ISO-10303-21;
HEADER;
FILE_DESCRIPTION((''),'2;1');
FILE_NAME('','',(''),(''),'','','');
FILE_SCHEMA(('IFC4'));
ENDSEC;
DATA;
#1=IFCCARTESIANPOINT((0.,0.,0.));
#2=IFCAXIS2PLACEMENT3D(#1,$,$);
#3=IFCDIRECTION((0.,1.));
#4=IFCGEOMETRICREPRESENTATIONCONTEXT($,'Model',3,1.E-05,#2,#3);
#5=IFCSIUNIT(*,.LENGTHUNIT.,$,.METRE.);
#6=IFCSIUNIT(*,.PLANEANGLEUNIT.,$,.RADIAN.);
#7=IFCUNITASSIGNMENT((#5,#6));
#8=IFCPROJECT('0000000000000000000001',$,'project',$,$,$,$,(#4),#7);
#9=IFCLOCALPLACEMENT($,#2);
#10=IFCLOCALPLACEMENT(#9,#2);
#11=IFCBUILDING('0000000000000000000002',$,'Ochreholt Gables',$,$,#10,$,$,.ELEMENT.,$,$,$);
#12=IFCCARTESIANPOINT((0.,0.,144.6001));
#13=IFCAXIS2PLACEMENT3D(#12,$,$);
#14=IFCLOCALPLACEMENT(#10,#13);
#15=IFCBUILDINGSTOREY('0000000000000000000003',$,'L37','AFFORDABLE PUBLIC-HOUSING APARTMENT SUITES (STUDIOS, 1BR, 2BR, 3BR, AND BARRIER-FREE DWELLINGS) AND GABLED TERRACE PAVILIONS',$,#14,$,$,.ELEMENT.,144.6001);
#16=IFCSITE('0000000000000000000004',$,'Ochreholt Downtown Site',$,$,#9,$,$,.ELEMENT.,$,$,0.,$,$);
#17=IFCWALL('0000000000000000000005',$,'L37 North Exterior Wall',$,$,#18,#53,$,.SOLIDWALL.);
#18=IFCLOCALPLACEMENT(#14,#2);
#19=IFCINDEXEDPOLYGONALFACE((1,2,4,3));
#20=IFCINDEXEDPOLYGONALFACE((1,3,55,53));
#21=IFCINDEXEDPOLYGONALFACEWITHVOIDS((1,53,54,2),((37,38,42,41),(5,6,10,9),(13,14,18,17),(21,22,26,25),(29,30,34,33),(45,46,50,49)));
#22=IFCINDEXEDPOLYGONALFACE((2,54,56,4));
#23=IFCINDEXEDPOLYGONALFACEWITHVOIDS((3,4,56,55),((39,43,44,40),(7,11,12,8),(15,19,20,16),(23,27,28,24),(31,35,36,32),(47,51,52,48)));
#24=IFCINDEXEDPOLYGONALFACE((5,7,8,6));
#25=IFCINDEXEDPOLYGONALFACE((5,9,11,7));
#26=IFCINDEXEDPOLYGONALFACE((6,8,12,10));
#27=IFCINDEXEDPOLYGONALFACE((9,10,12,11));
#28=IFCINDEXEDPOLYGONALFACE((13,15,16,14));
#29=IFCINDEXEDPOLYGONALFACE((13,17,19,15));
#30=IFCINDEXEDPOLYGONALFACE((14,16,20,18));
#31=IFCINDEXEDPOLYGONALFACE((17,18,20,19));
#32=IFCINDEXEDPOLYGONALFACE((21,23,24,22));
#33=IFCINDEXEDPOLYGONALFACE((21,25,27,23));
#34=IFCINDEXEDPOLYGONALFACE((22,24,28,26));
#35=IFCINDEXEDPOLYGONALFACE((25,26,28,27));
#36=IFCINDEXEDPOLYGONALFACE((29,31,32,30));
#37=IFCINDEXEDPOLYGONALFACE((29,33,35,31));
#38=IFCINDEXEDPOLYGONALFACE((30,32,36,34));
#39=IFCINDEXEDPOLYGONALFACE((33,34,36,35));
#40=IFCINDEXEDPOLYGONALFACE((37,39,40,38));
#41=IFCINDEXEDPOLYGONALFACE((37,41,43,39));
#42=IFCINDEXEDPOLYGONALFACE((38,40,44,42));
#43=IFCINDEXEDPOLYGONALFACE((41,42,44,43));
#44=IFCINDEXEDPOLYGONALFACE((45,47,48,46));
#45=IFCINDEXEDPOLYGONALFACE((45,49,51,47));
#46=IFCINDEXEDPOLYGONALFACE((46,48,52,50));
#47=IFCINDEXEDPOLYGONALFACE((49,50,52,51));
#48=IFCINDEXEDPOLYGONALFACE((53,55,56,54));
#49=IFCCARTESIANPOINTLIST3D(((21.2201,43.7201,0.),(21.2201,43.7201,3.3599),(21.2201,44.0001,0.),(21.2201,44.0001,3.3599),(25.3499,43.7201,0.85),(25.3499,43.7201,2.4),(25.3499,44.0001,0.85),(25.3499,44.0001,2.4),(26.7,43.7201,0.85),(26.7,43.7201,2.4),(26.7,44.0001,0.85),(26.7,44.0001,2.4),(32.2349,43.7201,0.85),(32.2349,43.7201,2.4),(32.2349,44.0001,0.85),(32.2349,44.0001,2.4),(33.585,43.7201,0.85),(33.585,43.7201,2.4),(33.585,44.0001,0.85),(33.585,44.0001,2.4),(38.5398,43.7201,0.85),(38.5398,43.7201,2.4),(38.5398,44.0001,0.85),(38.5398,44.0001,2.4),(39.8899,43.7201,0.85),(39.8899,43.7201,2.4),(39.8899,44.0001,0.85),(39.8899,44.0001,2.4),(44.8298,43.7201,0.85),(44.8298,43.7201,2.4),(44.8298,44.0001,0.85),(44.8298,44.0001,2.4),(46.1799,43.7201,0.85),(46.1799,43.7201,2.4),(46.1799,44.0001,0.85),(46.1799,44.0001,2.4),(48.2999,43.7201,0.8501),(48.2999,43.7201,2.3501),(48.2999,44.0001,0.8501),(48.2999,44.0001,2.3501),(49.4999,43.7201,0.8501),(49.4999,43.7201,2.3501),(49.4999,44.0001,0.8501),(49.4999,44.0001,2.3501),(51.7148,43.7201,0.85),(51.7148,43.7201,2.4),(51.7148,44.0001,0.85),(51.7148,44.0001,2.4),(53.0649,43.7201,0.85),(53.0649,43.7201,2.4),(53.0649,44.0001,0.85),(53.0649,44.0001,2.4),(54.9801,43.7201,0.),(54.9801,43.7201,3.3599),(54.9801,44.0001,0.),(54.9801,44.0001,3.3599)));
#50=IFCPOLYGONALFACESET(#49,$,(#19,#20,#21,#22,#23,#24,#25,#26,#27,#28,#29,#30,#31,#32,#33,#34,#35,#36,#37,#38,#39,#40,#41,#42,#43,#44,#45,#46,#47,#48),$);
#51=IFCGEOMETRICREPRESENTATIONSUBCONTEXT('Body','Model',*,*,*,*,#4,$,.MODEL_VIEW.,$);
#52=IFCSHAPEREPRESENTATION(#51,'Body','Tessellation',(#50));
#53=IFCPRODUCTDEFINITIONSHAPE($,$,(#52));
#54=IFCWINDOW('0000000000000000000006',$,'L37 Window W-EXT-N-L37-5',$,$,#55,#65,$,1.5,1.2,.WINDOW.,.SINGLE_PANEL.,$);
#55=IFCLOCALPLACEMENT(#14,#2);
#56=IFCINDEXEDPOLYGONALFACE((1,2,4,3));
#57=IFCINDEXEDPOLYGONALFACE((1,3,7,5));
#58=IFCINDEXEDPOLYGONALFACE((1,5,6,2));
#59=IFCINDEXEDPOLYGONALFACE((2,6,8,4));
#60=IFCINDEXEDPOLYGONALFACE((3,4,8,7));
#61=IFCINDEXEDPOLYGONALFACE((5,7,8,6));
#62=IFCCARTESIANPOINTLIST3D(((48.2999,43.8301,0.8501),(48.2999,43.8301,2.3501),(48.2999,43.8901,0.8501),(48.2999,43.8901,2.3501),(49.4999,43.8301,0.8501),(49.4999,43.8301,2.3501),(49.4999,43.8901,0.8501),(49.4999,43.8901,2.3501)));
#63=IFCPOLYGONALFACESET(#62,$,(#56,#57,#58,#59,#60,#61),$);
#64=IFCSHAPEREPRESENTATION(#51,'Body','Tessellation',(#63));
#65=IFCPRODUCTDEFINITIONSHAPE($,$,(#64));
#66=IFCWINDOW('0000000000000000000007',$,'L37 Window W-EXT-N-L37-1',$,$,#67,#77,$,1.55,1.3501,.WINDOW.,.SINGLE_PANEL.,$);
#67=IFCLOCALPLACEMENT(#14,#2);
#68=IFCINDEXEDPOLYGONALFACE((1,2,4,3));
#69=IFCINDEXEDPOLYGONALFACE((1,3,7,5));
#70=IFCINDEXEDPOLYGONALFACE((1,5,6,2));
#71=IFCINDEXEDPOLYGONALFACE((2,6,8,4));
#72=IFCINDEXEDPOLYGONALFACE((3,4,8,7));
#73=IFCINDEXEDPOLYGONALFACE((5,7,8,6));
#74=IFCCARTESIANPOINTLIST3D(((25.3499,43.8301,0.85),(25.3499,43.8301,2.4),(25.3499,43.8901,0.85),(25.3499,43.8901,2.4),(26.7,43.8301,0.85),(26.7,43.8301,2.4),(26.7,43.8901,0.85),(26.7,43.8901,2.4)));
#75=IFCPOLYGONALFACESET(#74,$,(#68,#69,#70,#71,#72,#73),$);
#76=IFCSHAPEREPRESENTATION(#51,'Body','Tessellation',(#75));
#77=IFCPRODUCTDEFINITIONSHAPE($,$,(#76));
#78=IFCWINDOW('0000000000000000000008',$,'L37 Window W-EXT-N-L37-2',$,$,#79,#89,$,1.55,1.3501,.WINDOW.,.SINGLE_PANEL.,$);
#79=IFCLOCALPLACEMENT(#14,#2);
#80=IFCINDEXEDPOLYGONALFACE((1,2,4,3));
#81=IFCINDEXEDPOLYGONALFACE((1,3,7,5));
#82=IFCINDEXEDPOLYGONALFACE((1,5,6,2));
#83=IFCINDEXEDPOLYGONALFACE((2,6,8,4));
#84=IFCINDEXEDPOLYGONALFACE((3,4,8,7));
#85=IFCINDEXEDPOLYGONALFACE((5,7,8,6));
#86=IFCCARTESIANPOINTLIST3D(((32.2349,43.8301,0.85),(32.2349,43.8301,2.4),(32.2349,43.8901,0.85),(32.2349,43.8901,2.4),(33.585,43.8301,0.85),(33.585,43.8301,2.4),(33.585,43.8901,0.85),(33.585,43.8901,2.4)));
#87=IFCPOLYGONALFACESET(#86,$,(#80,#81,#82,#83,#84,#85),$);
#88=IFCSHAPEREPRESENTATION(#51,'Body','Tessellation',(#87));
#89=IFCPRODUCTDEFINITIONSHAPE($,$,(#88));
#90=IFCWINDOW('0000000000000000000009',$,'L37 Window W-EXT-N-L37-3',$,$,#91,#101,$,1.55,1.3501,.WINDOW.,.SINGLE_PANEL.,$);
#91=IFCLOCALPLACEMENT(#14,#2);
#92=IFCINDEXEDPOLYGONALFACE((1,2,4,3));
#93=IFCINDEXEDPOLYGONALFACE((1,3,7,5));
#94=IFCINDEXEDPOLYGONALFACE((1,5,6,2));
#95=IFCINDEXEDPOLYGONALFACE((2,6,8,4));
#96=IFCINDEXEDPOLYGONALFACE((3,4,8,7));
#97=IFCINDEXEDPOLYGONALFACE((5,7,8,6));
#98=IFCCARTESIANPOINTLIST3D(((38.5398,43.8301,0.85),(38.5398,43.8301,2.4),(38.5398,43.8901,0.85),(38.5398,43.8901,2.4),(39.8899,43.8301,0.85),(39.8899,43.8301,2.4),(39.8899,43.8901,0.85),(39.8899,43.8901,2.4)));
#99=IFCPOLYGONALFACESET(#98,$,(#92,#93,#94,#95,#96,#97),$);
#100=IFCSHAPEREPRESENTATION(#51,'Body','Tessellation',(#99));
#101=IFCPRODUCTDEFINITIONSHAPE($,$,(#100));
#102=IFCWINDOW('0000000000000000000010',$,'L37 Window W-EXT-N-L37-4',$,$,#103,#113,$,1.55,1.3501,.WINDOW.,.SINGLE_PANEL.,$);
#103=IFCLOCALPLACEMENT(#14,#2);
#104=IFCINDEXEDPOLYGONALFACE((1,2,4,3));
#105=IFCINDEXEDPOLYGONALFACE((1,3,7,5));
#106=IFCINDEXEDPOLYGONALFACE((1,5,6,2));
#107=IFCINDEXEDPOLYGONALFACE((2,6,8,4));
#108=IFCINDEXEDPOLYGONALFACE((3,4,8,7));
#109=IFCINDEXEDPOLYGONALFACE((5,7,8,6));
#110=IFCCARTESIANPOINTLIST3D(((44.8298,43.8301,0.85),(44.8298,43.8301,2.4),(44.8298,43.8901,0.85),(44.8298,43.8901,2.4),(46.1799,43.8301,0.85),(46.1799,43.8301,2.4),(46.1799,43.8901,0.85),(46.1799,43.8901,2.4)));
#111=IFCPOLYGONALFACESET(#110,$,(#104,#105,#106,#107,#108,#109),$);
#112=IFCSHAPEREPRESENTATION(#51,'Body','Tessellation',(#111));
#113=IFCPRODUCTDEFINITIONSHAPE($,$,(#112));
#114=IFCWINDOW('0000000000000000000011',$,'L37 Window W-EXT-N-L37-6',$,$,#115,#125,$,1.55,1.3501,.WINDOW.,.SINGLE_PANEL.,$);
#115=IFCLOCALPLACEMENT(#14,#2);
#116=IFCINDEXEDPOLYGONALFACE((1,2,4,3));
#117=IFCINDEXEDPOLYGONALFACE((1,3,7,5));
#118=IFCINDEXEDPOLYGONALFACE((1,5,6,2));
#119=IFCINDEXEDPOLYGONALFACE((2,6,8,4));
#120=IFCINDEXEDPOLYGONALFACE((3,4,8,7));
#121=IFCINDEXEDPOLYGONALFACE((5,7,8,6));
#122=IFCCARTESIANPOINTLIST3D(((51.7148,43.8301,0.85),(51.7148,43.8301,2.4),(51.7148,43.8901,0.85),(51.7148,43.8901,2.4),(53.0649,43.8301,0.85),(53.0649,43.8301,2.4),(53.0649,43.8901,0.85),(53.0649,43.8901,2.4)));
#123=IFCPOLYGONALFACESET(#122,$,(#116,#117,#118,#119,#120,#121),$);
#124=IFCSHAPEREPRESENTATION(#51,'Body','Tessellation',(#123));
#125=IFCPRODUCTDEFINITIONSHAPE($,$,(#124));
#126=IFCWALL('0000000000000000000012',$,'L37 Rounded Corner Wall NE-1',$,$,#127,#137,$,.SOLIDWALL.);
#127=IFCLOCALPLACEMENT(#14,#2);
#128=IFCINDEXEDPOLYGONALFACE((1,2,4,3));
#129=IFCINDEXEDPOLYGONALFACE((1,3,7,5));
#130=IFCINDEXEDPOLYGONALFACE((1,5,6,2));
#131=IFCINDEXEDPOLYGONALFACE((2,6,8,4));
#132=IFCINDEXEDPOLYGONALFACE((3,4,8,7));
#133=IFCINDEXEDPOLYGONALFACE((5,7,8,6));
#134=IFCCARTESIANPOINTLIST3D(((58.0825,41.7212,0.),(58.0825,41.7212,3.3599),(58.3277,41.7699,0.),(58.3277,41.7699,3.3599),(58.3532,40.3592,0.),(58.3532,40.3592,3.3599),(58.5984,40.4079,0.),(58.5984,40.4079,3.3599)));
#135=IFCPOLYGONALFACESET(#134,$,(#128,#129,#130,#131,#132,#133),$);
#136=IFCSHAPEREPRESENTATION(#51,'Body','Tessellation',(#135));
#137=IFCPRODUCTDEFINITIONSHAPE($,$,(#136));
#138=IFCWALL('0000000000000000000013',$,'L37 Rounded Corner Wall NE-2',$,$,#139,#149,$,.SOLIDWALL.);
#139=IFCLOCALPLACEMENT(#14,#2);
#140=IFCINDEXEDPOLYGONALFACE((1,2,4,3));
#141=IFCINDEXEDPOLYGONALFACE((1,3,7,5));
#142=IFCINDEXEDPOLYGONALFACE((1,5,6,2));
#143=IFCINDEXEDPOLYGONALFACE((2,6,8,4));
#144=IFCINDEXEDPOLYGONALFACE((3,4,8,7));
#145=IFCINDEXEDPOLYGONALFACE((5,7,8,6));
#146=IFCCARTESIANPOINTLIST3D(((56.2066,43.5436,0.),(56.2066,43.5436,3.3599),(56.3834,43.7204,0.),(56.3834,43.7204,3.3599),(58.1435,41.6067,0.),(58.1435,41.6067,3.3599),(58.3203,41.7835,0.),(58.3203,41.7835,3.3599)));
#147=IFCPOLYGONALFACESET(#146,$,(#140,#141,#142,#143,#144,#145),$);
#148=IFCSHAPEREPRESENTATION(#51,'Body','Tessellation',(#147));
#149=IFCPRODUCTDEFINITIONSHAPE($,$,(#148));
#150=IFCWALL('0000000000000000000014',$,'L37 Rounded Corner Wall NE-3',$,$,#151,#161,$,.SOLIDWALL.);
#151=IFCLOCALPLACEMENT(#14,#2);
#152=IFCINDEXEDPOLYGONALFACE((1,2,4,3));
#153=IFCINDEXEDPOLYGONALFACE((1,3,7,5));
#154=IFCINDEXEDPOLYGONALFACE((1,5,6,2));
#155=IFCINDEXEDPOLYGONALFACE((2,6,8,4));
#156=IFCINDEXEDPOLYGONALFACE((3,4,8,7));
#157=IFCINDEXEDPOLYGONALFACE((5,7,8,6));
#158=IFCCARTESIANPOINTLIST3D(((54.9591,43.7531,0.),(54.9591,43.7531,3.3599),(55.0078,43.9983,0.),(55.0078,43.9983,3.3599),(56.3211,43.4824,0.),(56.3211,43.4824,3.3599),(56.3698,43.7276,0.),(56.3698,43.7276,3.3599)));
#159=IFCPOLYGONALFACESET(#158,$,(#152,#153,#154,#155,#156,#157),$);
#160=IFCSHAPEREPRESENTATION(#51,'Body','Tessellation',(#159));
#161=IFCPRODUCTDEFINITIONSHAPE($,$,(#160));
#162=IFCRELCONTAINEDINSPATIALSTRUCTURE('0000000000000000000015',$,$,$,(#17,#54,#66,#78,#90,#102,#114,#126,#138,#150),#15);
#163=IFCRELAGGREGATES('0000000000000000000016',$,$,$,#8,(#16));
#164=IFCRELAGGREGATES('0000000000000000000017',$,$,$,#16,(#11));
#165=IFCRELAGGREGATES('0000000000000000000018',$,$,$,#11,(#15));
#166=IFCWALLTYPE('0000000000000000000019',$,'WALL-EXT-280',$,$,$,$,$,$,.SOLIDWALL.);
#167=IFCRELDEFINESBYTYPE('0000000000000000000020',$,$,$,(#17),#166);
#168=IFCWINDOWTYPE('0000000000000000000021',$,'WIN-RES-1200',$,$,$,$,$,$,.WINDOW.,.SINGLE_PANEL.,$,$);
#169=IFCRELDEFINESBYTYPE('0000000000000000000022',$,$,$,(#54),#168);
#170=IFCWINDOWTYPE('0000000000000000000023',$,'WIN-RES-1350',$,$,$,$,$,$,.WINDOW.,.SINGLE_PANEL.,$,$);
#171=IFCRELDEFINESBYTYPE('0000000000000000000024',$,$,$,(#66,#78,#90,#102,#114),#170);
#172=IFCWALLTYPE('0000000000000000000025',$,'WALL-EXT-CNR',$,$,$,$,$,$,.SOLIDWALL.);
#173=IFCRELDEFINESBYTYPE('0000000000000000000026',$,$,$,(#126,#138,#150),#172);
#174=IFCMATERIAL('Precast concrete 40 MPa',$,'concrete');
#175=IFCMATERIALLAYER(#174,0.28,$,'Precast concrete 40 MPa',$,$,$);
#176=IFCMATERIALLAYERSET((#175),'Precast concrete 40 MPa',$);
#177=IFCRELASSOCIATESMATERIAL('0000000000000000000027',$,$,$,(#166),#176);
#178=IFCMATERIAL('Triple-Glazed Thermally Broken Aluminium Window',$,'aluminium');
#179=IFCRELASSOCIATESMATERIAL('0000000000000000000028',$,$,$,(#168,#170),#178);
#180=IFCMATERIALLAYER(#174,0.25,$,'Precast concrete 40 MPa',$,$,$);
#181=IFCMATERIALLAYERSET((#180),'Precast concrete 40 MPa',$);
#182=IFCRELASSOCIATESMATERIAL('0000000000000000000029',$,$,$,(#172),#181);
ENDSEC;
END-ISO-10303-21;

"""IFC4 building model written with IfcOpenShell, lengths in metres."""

from ifc_helpers import new_model, si_unit, direction, frame, frame_2d, origin, place, context, subcontext, project, spatial, rectangle, extrude, material, layer, layer_set, type_object, element, fill, save


model = new_model("IFC4")

# Units and contexts
model_context = context("Model", 3, precision=1e-05, world=origin(), true_north=direction((0.0, 1.0)))
body_context = subcontext(model_context, "Body", "Model", "MODEL_VIEW")
ifc_project = project(units=[si_unit("LENGTHUNIT", "METRE"), si_unit("PLANEANGLEUNIT", "RADIAN")], contexts=[model_context])

# Site, building, storey
site_placement = place(None, origin())
site = spatial("IfcSite", under=ifc_project, at=site_placement, Name="Ochreholt Downtown Site", CompositionType="ELEMENT", RefElevation=0.0)
building_placement = place(site_placement, origin())
building = spatial("IfcBuilding", under=site, at=building_placement, Name="Ochreholt Gables", CompositionType="ELEMENT")
storey_placement = place(building_placement, frame((0.0, 0.0, 144.6001)))
storey = spatial("IfcBuildingStorey", under=building, at=storey_placement, Name="L37", Description="AFFORDABLE PUBLIC-HOUSING APARTMENT SUITES (STUDIOS, 1BR, 2BR, 3BR, AND BARRIER-FREE DWELLINGS) AND GABLED TERRACE PAVILIONS", CompositionType="ELEMENT", Elevation=144.6001)

# Wall, openings, windows
ifc_material_1 = material(Name="Precast concrete 40 MPa", Category="concrete")
ifc_layer_1 = layer(ifc_material_1, 0.28, Name="Precast concrete 40 MPa")
ifc_layer_set_1 = layer_set([ifc_layer_1], Name="Precast concrete 40 MPa")
wall_type_1 = type_object("IfcWallType", Name="WALL-EXT-280", PredefinedType="SOLIDWALL", material=ifc_layer_set_1)
wall_1_placement = place(storey_placement, frame((54.98, 43.8601, 0.0), z_axis=(0.0, 0.0, 1.0), x_axis=(-1.0, 0.0, 0.0)))
wall_1 = element("IfcWall", 1, at=wall_1_placement, inside=storey, type_object=wall_type_1, Name="L37 North Exterior Wall", PredefinedType="SOLIDWALL", context=body_context, shape_type="SweptSolid", body=[
    extrude(rectangle(XDim=33.76, YDim=0.28, at=frame_2d((16.8799, 0.0))), origin(), (0.0, 0.0, 1.0), 3.3599),
])
opening_1_placement = place(wall_1_placement, frame((28.28, 0.0, 0.8501)))
opening_1 = element("IfcOpeningElement", 2, at=opening_1_placement, cuts=wall_1, PredefinedType="OPENING", context=body_context, shape_type="SweptSolid", body=[
    extrude(rectangle(XDim=1.3501, YDim=1.55, at=frame_2d((0.675, 0.7749))), frame((0.0, 0.1499, 0.0), z_axis=(0.0, -1.0, 0.0), x_axis=(1.0, 0.0, 0.0)), (0.0, 0.0, 1.0), 0.3),
])
opening_2_placement = place(wall_1_placement, frame((21.395, 0.0, 0.8501)))
opening_2 = element("IfcOpeningElement", 3, at=opening_2_placement, cuts=wall_1, PredefinedType="OPENING", context=body_context, shape_type="SweptSolid", body=[
    extrude(rectangle(XDim=1.3501, YDim=1.55, at=frame_2d((0.675, 0.7749))), frame((0.0, 0.1499, 0.0), z_axis=(0.0, -1.0, 0.0), x_axis=(1.0, 0.0, 0.0)), (0.0, 0.0, 1.0), 0.3),
])
opening_3_placement = place(wall_1_placement, frame((15.0901, 0.0, 0.8501)))
opening_3 = element("IfcOpeningElement", 4, at=opening_3_placement, cuts=wall_1, PredefinedType="OPENING", context=body_context, shape_type="SweptSolid", body=[
    extrude(rectangle(XDim=1.3501, YDim=1.55, at=frame_2d((0.675, 0.7749))), frame((0.0, 0.1499, 0.0), z_axis=(0.0, -1.0, 0.0), x_axis=(1.0, 0.0, 0.0)), (0.0, 0.0, 1.0), 0.3),
])
opening_4_placement = place(wall_1_placement, frame((8.8, 0.0, 0.8501)))
opening_4 = element("IfcOpeningElement", 5, at=opening_4_placement, cuts=wall_1, PredefinedType="OPENING", context=body_context, shape_type="SweptSolid", body=[
    extrude(rectangle(XDim=1.3501, YDim=1.55, at=frame_2d((0.675, 0.7749))), frame((0.0, 0.1499, 0.0), z_axis=(0.0, -1.0, 0.0), x_axis=(1.0, 0.0, 0.0)), (0.0, 0.0, 1.0), 0.3),
])
opening_5_placement = place(wall_1_placement, frame((5.48, 0.0, 0.8501)))
opening_5 = element("IfcOpeningElement", 6, at=opening_5_placement, cuts=wall_1, PredefinedType="OPENING", context=body_context, shape_type="SweptSolid", body=[
    extrude(rectangle(XDim=1.2, YDim=1.5, at=frame_2d((0.6001, 0.75))), frame((0.0, 0.1499, 0.0), z_axis=(0.0, -1.0, 0.0), x_axis=(1.0, 0.0, 0.0)), (0.0, 0.0, 1.0), 0.3),
])
opening_6_placement = place(wall_1_placement, frame((1.915, 0.0, 0.8501)))
opening_6 = element("IfcOpeningElement", 7, at=opening_6_placement, cuts=wall_1, PredefinedType="OPENING", context=body_context, shape_type="SweptSolid", body=[
    extrude(rectangle(XDim=1.3501, YDim=1.55, at=frame_2d((0.675, 0.7749))), frame((0.0, 0.1499, 0.0), z_axis=(0.0, -1.0, 0.0), x_axis=(1.0, 0.0, 0.0)), (0.0, 0.0, 1.0), 0.3),
])
ifc_material_2 = material(Name="Triple-Glazed Thermally Broken Aluminium Window", Category="aluminium")
window_type_1 = type_object("IfcWindowType", Name="WIN-RES-1200", PartitioningType="SINGLE_PANEL", PredefinedType="WINDOW", material=ifc_material_2)
window_1_placement = place(opening_5_placement, origin())
window_1 = element("IfcWindow", 8, at=window_1_placement, inside=storey, type_object=window_type_1, Name="L37 Window W-EXT-N-L37-5", OverallHeight=1.5, OverallWidth=1.2, PartitioningType="SINGLE_PANEL", PredefinedType="WINDOW", context=body_context, shape_type="SweptSolid", body=[
    extrude(rectangle(XDim=1.2, YDim=1.5, at=frame_2d((0.6001, 0.75))), frame((0.0, 0.03, 0.0), z_axis=(0.0, -1.0, 0.0), x_axis=(1.0, 0.0, 0.0)), (0.0, 0.0, 1.0), 0.0601),
])
fill(opening_5, window_1)
window_type_2 = type_object("IfcWindowType", Name="WIN-RES-1350", PartitioningType="SINGLE_PANEL", PredefinedType="WINDOW", material=ifc_material_2)
window_2_placement = place(opening_1_placement, origin())
window_2 = element("IfcWindow", 9, at=window_2_placement, inside=storey, type_object=window_type_2, Name="L37 Window W-EXT-N-L37-1", OverallHeight=1.55, OverallWidth=1.3501, PartitioningType="SINGLE_PANEL", PredefinedType="WINDOW", context=body_context, shape_type="SweptSolid", body=[
    extrude(rectangle(XDim=1.3501, YDim=1.55, at=frame_2d((0.675, 0.7749))), frame((0.0, 0.03, 0.0), z_axis=(0.0, -1.0, 0.0), x_axis=(1.0, 0.0, 0.0)), (0.0, 0.0, 1.0), 0.0601),
])
fill(opening_1, window_2)
window_3_placement = place(opening_2_placement, origin())
window_3 = element("IfcWindow", 10, at=window_3_placement, inside=storey, type_object=window_type_2, Name="L37 Window W-EXT-N-L37-2", OverallHeight=1.55, OverallWidth=1.3501, PartitioningType="SINGLE_PANEL", PredefinedType="WINDOW", context=body_context, shape_type="SweptSolid", body=[
    extrude(rectangle(XDim=1.3501, YDim=1.55, at=frame_2d((0.675, 0.7749))), frame((0.0, 0.03, 0.0), z_axis=(0.0, -1.0, 0.0), x_axis=(1.0, 0.0, 0.0)), (0.0, 0.0, 1.0), 0.0601),
])
fill(opening_2, window_3)
window_4_placement = place(opening_3_placement, origin())
window_4 = element("IfcWindow", 11, at=window_4_placement, inside=storey, type_object=window_type_2, Name="L37 Window W-EXT-N-L37-3", OverallHeight=1.55, OverallWidth=1.3501, PartitioningType="SINGLE_PANEL", PredefinedType="WINDOW", context=body_context, shape_type="SweptSolid", body=[
    extrude(rectangle(XDim=1.3501, YDim=1.55, at=frame_2d((0.675, 0.7749))), frame((0.0, 0.03, 0.0), z_axis=(0.0, -1.0, 0.0), x_axis=(1.0, 0.0, 0.0)), (0.0, 0.0, 1.0), 0.0601),
])
fill(opening_3, window_4)
window_5_placement = place(opening_4_placement, origin())
window_5 = element("IfcWindow", 12, at=window_5_placement, inside=storey, type_object=window_type_2, Name="L37 Window W-EXT-N-L37-4", OverallHeight=1.55, OverallWidth=1.3501, PartitioningType="SINGLE_PANEL", PredefinedType="WINDOW", context=body_context, shape_type="SweptSolid", body=[
    extrude(rectangle(XDim=1.3501, YDim=1.55, at=frame_2d((0.675, 0.7749))), frame((0.0, 0.03, 0.0), z_axis=(0.0, -1.0, 0.0), x_axis=(1.0, 0.0, 0.0)), (0.0, 0.0, 1.0), 0.0601),
])
fill(opening_4, window_5)
window_6_placement = place(opening_6_placement, origin())
window_6 = element("IfcWindow", 13, at=window_6_placement, inside=storey, type_object=window_type_2, Name="L37 Window W-EXT-N-L37-6", OverallHeight=1.55, OverallWidth=1.3501, PartitioningType="SINGLE_PANEL", PredefinedType="WINDOW", context=body_context, shape_type="SweptSolid", body=[
    extrude(rectangle(XDim=1.3501, YDim=1.55, at=frame_2d((0.675, 0.7749))), frame((0.0, 0.03, 0.0), z_axis=(0.0, -1.0, 0.0), x_axis=(1.0, 0.0, 0.0)), (0.0, 0.0, 1.0), 0.0601),
])
fill(opening_6, window_6)

# Walls
ifc_layer_2 = layer(ifc_material_1, 0.25, Name="Precast concrete 40 MPa")
ifc_layer_set_2 = layer_set([ifc_layer_2], Name="Precast concrete 40 MPa")
wall_type_2 = type_object("IfcWallType", Name="WALL-EXT-CNR", PredefinedType="SOLIDWALL", material=ifc_layer_set_2)
wall_2_placement = place(storey_placement, frame((58.4758, 40.3835, 0.0), z_axis=(0.0, 0.0, 1.0), x_axis=(-0.194967, 0.98081, 0.0)))
element("IfcWall", 14, at=wall_2_placement, inside=storey, type_object=wall_type_2, Name="L37 Rounded Corner Wall NE-1", PredefinedType="SOLIDWALL", context=body_context, shape_type="SweptSolid", body=[
    extrude(rectangle(XDim=1.3887, YDim=0.25, at=frame_2d((0.6943, 0.0))), origin(), (0.0, 0.0, 1.0), 3.3599),
])
wall_3_placement = place(storey_placement, frame((58.2319, 41.6951, 0.0), z_axis=(0.0, 0.0, 1.0), x_axis=(-0.707107, 0.707107, 0.0)))
element("IfcWall", 15, at=wall_3_placement, inside=storey, type_object=wall_type_2, Name="L37 Rounded Corner Wall NE-2", PredefinedType="SOLIDWALL", context=body_context, shape_type="SweptSolid", body=[
    extrude(rectangle(XDim=2.7393, YDim=0.25, at=frame_2d((1.3696, 0.0))), origin(), (0.0, 0.0, 1.0), 3.3599),
])
wall_4_placement = place(storey_placement, frame((56.3455, 43.605, 0.0), z_axis=(0.0, 0.0, 1.0), x_axis=(-0.98081, 0.194967, 0.0)))
element("IfcWall", 16, at=wall_4_placement, inside=storey, type_object=wall_type_2, Name="L37 Rounded Corner Wall NE-3", PredefinedType="SOLIDWALL", context=body_context, shape_type="SweptSolid", body=[
    extrude(rectangle(XDim=1.3887, YDim=0.25, at=frame_2d((0.6943, 0.0))), origin(), (0.0, 0.0, 1.0), 3.3599),
])

save(model, "model.ifc")
